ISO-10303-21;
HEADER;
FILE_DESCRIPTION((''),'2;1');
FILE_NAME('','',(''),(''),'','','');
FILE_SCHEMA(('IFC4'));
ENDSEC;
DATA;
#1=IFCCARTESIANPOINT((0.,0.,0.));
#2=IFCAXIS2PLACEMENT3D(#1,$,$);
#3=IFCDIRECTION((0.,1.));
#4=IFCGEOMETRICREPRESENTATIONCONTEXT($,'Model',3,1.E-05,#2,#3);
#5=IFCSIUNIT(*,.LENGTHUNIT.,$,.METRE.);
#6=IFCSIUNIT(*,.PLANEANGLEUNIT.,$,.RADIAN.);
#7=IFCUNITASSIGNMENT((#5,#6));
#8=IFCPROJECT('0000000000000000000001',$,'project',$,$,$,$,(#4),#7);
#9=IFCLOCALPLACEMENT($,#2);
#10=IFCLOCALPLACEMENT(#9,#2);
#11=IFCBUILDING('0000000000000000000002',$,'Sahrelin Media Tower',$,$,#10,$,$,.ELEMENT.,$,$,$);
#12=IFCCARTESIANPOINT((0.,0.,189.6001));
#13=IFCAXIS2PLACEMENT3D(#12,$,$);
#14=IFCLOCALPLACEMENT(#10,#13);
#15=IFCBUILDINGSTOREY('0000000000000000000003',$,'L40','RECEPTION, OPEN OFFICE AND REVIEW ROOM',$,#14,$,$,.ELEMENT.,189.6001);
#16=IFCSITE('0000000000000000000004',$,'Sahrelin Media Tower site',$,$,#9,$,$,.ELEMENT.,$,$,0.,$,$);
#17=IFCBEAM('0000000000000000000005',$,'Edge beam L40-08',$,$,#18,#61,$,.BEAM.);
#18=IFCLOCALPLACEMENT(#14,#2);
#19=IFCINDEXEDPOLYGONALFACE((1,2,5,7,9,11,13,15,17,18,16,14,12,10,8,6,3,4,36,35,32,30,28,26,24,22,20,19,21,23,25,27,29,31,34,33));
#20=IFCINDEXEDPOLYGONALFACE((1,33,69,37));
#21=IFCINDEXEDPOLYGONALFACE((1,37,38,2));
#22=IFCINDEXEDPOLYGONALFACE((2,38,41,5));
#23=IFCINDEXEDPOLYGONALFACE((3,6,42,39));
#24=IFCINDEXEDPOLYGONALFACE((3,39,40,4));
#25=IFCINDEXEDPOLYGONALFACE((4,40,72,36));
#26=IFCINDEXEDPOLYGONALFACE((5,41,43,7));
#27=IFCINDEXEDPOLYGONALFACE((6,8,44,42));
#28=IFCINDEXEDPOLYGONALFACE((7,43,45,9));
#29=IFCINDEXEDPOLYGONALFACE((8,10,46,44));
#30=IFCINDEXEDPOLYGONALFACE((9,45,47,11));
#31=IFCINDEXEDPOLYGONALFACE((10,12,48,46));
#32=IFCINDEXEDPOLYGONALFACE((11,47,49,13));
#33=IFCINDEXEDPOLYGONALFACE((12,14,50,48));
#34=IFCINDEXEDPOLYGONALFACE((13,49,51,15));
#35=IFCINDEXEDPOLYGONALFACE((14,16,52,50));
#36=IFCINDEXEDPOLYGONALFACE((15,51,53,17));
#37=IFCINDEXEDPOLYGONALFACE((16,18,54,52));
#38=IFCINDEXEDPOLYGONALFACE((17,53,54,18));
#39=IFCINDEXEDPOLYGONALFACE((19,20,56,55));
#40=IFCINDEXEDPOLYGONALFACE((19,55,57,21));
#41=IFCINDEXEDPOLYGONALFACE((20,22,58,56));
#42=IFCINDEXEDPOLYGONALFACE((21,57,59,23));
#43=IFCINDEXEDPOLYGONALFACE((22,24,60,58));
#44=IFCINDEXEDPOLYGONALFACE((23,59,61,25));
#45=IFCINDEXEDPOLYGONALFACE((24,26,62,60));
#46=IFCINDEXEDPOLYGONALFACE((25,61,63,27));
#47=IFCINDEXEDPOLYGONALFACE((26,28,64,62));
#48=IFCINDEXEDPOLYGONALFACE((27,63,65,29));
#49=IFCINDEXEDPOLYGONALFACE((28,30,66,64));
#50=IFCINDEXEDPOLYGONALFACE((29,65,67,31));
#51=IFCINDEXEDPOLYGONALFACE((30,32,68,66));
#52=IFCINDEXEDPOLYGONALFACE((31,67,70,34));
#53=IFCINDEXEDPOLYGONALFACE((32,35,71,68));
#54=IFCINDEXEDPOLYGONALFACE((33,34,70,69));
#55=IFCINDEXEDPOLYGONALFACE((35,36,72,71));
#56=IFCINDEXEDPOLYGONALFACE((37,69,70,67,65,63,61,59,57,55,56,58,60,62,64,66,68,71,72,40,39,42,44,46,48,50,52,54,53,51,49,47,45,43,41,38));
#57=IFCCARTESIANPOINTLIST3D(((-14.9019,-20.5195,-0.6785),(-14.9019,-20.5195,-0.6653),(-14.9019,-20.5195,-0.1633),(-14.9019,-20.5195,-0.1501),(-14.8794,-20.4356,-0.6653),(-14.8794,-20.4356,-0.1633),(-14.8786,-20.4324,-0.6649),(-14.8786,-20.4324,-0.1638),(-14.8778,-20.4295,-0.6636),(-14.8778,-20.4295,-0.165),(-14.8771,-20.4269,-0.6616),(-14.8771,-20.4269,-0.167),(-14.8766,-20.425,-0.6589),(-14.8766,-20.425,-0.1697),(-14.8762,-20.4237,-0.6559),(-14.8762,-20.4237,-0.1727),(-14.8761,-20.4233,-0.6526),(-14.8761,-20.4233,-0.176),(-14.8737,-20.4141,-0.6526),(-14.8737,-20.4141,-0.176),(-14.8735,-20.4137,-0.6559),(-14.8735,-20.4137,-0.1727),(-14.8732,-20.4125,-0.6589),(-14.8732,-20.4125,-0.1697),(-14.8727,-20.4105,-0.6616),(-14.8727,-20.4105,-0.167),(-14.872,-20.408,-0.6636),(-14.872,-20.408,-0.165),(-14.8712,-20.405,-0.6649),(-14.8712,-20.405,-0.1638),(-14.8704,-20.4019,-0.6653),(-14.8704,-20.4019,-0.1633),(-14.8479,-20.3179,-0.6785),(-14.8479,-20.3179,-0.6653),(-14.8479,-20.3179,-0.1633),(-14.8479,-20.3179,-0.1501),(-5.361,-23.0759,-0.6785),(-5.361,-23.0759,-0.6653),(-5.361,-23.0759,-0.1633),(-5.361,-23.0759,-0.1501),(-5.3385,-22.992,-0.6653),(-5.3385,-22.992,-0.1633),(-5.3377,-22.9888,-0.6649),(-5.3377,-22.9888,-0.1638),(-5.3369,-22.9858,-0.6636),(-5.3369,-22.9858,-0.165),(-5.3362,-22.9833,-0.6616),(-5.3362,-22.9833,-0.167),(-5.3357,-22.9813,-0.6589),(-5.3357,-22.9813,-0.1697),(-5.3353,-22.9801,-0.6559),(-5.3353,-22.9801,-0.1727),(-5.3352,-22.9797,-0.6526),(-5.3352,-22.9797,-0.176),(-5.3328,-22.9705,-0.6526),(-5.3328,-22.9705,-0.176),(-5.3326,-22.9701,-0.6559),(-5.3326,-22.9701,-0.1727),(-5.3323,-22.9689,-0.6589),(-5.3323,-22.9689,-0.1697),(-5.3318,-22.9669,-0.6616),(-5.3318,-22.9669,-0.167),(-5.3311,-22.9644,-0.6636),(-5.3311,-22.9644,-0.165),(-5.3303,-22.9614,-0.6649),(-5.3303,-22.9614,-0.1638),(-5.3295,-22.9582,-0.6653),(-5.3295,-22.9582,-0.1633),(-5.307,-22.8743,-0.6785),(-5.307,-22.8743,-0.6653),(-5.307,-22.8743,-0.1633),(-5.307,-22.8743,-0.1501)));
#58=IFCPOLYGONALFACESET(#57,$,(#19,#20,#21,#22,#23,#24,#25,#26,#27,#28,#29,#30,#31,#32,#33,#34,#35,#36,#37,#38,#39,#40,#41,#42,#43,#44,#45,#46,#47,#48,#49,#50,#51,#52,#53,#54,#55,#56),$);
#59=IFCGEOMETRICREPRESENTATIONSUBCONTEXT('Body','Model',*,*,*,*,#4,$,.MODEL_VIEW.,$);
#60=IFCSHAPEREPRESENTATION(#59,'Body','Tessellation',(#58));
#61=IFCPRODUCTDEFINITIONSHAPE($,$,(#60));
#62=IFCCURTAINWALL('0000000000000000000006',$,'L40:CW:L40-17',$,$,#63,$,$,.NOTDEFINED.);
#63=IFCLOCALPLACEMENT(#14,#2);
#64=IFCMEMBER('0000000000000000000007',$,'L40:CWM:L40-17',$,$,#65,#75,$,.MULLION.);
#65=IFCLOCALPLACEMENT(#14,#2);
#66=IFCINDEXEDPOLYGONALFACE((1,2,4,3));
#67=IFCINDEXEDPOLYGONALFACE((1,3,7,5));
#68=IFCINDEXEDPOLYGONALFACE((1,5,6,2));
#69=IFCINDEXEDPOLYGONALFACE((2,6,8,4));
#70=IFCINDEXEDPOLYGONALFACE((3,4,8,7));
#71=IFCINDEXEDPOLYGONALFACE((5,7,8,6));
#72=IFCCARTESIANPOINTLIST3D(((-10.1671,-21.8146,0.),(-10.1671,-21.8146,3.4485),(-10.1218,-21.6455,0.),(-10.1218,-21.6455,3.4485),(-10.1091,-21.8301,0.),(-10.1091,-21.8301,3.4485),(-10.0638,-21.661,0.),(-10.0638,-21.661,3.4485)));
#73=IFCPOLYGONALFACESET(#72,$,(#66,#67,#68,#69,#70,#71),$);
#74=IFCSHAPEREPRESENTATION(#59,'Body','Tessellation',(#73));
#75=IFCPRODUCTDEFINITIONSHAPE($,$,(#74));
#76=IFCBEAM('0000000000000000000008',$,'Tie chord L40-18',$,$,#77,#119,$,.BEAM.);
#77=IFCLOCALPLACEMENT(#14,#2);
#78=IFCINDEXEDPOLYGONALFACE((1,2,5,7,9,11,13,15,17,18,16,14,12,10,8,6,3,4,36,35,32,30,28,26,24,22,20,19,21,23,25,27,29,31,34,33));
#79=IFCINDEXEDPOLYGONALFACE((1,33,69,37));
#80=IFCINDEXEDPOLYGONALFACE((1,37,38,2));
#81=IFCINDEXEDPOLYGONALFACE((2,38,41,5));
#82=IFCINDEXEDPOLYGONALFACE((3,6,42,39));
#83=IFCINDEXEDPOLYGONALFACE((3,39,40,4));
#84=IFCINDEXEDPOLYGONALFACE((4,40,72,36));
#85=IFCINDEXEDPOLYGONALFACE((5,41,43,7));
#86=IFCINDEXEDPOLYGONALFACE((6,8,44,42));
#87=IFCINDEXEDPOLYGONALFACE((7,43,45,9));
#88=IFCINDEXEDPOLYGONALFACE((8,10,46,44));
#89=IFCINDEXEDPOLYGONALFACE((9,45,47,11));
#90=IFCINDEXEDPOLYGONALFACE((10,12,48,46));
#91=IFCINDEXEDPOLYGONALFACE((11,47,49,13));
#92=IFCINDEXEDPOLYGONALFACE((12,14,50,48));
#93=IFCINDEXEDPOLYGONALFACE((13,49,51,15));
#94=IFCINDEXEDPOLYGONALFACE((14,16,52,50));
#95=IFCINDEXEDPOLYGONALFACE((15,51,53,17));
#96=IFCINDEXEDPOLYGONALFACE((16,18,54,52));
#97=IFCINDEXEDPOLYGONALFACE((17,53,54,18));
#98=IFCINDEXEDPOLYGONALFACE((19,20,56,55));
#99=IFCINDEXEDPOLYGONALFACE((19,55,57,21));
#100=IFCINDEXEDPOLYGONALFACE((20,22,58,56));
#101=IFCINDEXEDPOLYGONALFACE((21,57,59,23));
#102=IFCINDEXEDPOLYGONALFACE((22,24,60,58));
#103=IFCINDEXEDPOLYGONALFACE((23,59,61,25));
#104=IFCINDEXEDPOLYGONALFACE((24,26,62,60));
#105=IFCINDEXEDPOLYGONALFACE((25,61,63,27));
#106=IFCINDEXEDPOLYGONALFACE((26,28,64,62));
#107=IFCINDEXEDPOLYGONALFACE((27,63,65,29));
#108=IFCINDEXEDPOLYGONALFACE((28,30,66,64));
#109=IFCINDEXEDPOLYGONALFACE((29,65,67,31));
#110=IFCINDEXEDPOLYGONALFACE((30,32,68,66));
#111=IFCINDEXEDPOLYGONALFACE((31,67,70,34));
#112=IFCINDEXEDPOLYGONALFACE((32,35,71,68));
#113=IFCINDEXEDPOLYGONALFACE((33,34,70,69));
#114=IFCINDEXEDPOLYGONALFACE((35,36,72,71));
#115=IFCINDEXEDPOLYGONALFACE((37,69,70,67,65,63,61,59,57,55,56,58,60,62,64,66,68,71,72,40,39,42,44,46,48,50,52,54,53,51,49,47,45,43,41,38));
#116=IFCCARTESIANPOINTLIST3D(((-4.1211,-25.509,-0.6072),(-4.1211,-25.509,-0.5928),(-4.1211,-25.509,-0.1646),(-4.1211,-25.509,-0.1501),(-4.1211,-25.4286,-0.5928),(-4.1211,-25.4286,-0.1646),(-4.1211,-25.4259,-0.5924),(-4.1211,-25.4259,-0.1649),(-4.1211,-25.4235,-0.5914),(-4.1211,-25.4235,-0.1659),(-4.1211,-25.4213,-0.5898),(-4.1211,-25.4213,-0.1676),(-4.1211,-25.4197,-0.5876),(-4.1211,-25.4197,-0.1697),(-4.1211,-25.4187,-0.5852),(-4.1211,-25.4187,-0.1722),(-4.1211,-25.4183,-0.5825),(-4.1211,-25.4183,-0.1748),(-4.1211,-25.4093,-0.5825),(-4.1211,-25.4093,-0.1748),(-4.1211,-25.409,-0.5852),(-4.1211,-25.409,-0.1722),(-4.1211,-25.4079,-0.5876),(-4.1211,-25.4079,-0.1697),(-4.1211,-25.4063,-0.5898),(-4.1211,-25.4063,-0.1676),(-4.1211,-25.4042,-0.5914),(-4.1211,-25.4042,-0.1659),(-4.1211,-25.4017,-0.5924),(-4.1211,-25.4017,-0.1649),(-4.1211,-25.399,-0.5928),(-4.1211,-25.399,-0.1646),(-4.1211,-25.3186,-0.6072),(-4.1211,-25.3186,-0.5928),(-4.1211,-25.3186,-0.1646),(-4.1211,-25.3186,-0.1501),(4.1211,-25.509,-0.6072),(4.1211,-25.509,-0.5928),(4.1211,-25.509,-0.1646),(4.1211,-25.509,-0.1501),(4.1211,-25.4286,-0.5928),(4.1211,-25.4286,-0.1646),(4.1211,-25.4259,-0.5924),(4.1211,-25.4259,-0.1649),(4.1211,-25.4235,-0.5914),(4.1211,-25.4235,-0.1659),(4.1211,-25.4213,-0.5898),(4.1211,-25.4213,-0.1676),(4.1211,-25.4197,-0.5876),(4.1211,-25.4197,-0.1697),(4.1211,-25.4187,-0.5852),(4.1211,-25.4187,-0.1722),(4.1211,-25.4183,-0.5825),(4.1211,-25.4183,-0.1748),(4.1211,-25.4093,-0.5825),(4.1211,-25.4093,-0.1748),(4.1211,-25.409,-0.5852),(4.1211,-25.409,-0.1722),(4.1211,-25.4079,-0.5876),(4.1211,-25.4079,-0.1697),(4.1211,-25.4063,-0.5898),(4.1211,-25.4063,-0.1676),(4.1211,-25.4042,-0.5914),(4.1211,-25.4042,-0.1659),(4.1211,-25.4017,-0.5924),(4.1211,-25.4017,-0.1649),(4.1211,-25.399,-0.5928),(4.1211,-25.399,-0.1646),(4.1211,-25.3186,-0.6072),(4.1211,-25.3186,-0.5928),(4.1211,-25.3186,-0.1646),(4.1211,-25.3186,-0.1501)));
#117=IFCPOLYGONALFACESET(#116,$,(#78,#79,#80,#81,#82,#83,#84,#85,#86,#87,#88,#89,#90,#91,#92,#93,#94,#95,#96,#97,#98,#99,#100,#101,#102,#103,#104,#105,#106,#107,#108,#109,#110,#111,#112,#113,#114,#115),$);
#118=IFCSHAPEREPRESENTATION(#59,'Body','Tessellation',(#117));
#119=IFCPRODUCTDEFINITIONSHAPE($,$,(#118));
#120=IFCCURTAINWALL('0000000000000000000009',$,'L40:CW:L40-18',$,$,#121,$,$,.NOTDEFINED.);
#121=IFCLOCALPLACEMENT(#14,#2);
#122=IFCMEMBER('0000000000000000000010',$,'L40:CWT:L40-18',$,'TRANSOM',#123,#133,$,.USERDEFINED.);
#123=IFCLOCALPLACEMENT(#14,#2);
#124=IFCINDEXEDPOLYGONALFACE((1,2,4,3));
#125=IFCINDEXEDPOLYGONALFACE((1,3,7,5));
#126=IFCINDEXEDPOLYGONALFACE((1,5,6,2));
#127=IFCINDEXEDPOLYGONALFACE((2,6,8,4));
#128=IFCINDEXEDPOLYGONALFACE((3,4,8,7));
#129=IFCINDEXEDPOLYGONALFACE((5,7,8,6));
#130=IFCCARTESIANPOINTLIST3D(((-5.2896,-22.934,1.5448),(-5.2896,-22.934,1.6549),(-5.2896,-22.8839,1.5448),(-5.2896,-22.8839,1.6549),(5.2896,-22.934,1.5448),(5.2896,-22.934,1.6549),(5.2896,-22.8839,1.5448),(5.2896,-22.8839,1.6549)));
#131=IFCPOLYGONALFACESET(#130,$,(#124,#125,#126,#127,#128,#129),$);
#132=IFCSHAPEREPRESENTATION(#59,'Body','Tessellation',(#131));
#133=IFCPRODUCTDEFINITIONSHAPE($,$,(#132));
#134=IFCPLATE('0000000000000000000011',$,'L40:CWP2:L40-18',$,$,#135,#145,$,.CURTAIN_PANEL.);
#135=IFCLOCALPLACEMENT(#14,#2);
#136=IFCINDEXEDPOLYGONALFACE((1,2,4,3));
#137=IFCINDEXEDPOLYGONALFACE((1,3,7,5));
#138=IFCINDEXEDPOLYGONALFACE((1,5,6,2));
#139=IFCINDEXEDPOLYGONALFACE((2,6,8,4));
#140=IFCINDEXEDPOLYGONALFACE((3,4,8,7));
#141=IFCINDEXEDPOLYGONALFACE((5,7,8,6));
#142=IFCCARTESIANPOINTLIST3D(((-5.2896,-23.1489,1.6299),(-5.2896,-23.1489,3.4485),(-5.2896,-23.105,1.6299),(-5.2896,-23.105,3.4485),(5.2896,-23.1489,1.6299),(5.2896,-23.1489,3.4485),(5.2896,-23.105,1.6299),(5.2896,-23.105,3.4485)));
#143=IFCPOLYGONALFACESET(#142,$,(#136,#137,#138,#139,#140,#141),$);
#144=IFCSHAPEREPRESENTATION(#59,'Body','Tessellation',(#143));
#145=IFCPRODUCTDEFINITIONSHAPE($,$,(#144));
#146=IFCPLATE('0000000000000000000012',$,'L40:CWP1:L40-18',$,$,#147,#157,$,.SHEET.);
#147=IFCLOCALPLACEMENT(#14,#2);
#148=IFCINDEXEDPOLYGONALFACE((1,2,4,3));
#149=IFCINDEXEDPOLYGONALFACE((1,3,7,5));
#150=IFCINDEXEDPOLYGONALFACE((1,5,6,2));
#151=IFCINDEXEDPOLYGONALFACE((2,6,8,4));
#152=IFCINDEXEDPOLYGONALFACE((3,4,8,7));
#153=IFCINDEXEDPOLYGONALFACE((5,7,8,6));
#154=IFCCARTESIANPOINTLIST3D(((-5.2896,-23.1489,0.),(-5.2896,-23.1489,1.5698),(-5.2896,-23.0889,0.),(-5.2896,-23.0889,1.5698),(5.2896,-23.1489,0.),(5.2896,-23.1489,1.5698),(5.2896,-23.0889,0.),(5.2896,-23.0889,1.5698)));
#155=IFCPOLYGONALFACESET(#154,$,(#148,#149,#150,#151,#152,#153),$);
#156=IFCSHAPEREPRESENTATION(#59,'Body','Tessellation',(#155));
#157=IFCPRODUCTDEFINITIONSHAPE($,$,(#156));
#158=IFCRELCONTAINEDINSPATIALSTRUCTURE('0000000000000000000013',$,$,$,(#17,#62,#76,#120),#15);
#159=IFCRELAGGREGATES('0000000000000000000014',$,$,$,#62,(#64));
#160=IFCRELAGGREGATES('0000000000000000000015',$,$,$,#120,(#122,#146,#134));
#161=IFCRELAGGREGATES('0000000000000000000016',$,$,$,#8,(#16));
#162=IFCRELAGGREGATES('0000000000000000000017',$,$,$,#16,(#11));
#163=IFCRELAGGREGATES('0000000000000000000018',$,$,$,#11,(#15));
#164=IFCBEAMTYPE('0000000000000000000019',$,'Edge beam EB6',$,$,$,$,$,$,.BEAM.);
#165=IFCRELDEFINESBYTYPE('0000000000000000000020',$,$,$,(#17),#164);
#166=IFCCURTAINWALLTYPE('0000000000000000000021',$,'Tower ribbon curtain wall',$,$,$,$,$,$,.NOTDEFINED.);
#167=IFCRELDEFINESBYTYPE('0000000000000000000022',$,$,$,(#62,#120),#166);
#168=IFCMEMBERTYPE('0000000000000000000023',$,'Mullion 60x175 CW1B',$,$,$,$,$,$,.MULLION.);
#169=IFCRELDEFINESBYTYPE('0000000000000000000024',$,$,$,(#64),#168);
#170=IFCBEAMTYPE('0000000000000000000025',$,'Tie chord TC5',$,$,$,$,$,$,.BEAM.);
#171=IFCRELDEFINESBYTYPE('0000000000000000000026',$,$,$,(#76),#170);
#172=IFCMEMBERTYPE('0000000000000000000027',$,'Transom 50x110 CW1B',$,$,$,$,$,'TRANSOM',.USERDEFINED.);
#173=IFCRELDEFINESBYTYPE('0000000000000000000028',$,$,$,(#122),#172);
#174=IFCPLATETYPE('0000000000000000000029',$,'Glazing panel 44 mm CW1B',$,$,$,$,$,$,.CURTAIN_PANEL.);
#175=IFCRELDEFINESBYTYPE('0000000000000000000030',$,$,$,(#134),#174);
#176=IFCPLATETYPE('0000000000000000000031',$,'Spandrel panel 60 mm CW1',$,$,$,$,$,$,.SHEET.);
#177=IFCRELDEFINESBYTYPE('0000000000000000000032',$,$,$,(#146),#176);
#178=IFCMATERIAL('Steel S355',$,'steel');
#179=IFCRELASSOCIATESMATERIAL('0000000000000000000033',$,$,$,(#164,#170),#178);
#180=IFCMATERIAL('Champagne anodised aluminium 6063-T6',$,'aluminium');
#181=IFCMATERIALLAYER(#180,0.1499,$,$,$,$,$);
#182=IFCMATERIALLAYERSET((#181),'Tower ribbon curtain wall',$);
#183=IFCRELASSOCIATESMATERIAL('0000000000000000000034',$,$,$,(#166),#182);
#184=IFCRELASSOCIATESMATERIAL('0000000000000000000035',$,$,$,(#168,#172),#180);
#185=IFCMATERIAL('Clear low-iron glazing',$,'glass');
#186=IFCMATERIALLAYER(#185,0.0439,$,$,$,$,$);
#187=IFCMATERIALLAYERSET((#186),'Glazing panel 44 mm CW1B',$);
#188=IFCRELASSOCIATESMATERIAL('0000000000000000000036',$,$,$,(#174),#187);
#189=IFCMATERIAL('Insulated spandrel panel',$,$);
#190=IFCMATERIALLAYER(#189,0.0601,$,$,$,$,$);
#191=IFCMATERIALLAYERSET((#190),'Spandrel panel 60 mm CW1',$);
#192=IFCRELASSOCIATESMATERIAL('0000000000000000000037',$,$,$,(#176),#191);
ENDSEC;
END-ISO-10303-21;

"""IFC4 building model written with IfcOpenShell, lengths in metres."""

from ifc_helpers import new_model, si_unit, direction, frame, origin, origin_2d, place, context, subcontext, project, spatial, polyline, rectangle, i_section, outline, extrude, material, layer, layer_set, material_profile, profile_set, type_object, element, aggregate, save


model = new_model("IFC4")

# Units and contexts
model_context = context("Model", 3, precision=1e-05, world=origin(), true_north=direction((0.0, 1.0)))
body_context = subcontext(model_context, "Body", "Model", "MODEL_VIEW")
ifc_project = project(units=[si_unit("LENGTHUNIT", "METRE"), si_unit("PLANEANGLEUNIT", "RADIAN")], contexts=[model_context])

# Site, building, storey
site_placement = place(None, origin())
site = spatial("IfcSite", under=ifc_project, at=site_placement, Name="Sahrelin Media Tower site", CompositionType="ELEMENT", RefElevation=0.0)
building_placement = place(site_placement, origin())
building = spatial("IfcBuilding", under=site, at=building_placement, Name="Sahrelin Media Tower", CompositionType="ELEMENT")
storey_placement = place(building_placement, frame((0.0, 0.0, 189.6001)))
storey = spatial("IfcBuildingStorey", under=building, at=storey_placement, Name="L40", Description="RECEPTION, OPEN OFFICE AND REVIEW ROOM", CompositionType="ELEMENT", Elevation=189.6001)

# Beam
ifc_material_1 = material(Name="Steel S355", Category="steel")
ifc_material_profile_1 = material_profile(ifc_material_1, i_section(OverallWidth=0.2087, OverallDepth=0.5283, WebThickness=0.0095, FlangeThickness=0.0132, FilletRadius=0.0127, at=origin_2d()), Name="UB 533x210x82")
ifc_profile_set_1 = profile_set([ifc_material_profile_1], Name="Steel S355")
beam_type_1 = type_object("IfcBeamType", Name="Edge beam EB6", PredefinedType="BEAM", material=ifc_profile_set_1)
beam_1_placement = place(storey_placement, frame((-5.334, -22.9751, -0.4143), z_axis=(-0.965929, 0.258809, 0.0), x_axis=(-0.258809, -0.965929, 0.0)))
element("IfcBeam", 1, at=beam_1_placement, inside=storey, type_object=beam_type_1, Name="Edge beam L40-08", PredefinedType="BEAM", context=body_context, shape_type="SweptSolid", body=[
    extrude(i_section(OverallWidth=0.2087, OverallDepth=0.5283, WebThickness=0.0095, FlangeThickness=0.0132, FilletRadius=0.0127, at=origin_2d()), origin(), (0.0, 0.0, 1.0), 9.8774),
])

# Curtain wall, member
ifc_material_2 = material(Name="Champagne anodised aluminium 6063-T6", Category="aluminium")
ifc_layer_1 = layer(ifc_material_2, 0.1499)
ifc_layer_set_1 = layer_set([ifc_layer_1], Name="Tower ribbon curtain wall")
curtain_wall_type = type_object("IfcCurtainWallType", Name="Tower ribbon curtain wall", PredefinedType="NOTDEFINED", material=ifc_layer_set_1)
curtain_wall_1_placement = place(storey_placement, frame((-10.1433, -21.8418, 0.0), z_axis=(0.0, 0.0, 1.0), x_axis=(1.0, 0.0, 0.0)))
curtain_wall_1 = element("IfcCurtainWall", 2, at=curtain_wall_1_placement, inside=storey, type_object=curtain_wall_type, Name="L40:CW:L40-17", PredefinedType="NOTDEFINED")
ifc_material_profile_2 = material_profile(ifc_material_2, rectangle(XDim=0.0601, YDim=0.175, at=origin_2d()), Name="Mullion 60x175")
ifc_profile_set_2 = profile_set([ifc_material_profile_2], Name="Champagne anodised aluminium 6063-T6")
member_type_1 = type_object("IfcMemberType", Name="Mullion 60x175 CW1B", PredefinedType="MULLION", material=ifc_profile_set_2)
member_1_placement = place(storey_placement, frame((-10.1155, -21.7378, 0.0), z_axis=(0.0, 0.0, 1.0), x_axis=(0.965925, -0.258822, 0.0)))
member_1 = element("IfcMember", 3, at=member_1_placement, type_object=member_type_1, Name="L40:CWM:L40-17", PredefinedType="MULLION", context=body_context, shape_type="SweptSolid", body=[
    extrude(rectangle(XDim=0.0601, YDim=0.175, at=origin_2d()), origin(), (0.0, 0.0, 1.0), 3.4485),
])
aggregate(curtain_wall_1, [member_1])

# Beam
ifc_material_profile_3 = material_profile(ifc_material_1, i_section(OverallWidth=0.1904, OverallDepth=0.457, WebThickness=0.009, FlangeThickness=0.0144, FilletRadius=0.0103, at=origin_2d()), Name="UB 457x191x74")
ifc_profile_set_3 = profile_set([ifc_material_profile_3], Name="Steel S355")
beam_type_2 = type_object("IfcBeamType", Name="Tie chord TC5", PredefinedType="BEAM", material=ifc_profile_set_3)
beam_2_placement = place(storey_placement, frame((-4.1211, -25.4138, -0.3787), z_axis=(1.0, 0.0, 0.0), x_axis=(0.0, 1.0, 0.0)))
element("IfcBeam", 4, at=beam_2_placement, inside=storey, type_object=beam_type_2, Name="Tie chord L40-18", PredefinedType="BEAM", context=body_context, shape_type="SweptSolid", body=[
    extrude(i_section(OverallWidth=0.1904, OverallDepth=0.457, WebThickness=0.009, FlangeThickness=0.0144, FilletRadius=0.0103, at=origin_2d()), origin(), (0.0, 0.0, 1.0), 8.2422),
])

# Curtain wall, member, plates
curtain_wall_2_placement = place(storey_placement, frame((0.0, -23.1289, 0.0), z_axis=(0.0, 0.0, 1.0), x_axis=(1.0, 0.0, 0.0)))
curtain_wall_2 = element("IfcCurtainWall", 5, at=curtain_wall_2_placement, inside=storey, type_object=curtain_wall_type, Name="L40:CW:L40-18", PredefinedType="NOTDEFINED")
ifc_material_profile_4 = material_profile(ifc_material_2, rectangle(XDim=0.05, YDim=0.1101, at=origin_2d()), Name="Transom 50x110")
ifc_profile_set_4 = profile_set([ifc_material_profile_4], Name="Champagne anodised aluminium 6063-T6")
member_type_2 = type_object("IfcMemberType", Name="Transom 50x110 CW1B", ElementType="TRANSOM", PredefinedType="USERDEFINED", material=ifc_profile_set_4)
member_2_placement = place(storey_placement, frame((-5.2896, -22.9089, 1.5999), z_axis=(1.0, 0.0, 0.0), x_axis=(0.0, 1.0, 0.0)))
member_2 = element("IfcMember", 6, at=member_2_placement, type_object=member_type_2, Name="L40:CWT:L40-18", ObjectType="TRANSOM", PredefinedType="USERDEFINED", context=body_context, shape_type="SweptSolid", body=[
    extrude(rectangle(XDim=0.05, YDim=0.1101, at=origin_2d()), origin(), (0.0, 0.0, 1.0), 10.5791),
])
ifc_material_3 = material(Name="Clear low-iron glazing", Category="glass")
ifc_layer_2 = layer(ifc_material_3, 0.0439)
ifc_layer_set_2 = layer_set([ifc_layer_2], Name="Glazing panel 44 mm CW1B")
plate_type_1 = type_object("IfcPlateType", Name="Glazing panel 44 mm CW1B", PredefinedType="CURTAIN_PANEL", material=ifc_layer_set_2)
plate_1_placement = place(storey_placement, frame((-5.2896, -23.1489, 1.6299), z_axis=(0.0, -1.0, 0.0), x_axis=(1.0, 0.0, 0.0)))
plate_1 = element("IfcPlate", 7, at=plate_1_placement, type_object=plate_type_1, Name="L40:CWP2:L40-18", PredefinedType="CURTAIN_PANEL", context=body_context, shape_type="SweptSolid", body=[
    extrude(outline(polyline([(0.0, 0.0), (10.5791, 0.0), (10.5791, 1.8186), (0.0, 1.8186), (0.0, 0.0)])), origin(), (0.0, 0.0, -1.0), 0.0439),
])
ifc_material_4 = material(Name="Insulated spandrel panel")
ifc_layer_3 = layer(ifc_material_4, 0.0601)
ifc_layer_set_3 = layer_set([ifc_layer_3], Name="Spandrel panel 60 mm CW1")
plate_type_2 = type_object("IfcPlateType", Name="Spandrel panel 60 mm CW1", PredefinedType="SHEET", material=ifc_layer_set_3)
plate_2_placement = place(storey_placement, frame((-5.2896, -23.1489, 0.0), z_axis=(0.0, -1.0, 0.0), x_axis=(1.0, 0.0, 0.0)))
plate_2 = element("IfcPlate", 8, at=plate_2_placement, type_object=plate_type_2, Name="L40:CWP1:L40-18", PredefinedType="SHEET", context=body_context, shape_type="SweptSolid", body=[
    extrude(outline(polyline([(0.0, 0.0), (10.5791, 0.0), (10.5791, 1.5698), (0.0, 1.5698), (0.0, 0.0)])), origin(), (0.0, 0.0, -1.0), 0.0601),
])
aggregate(curtain_wall_2, [member_2, plate_2, plate_1])

save(model, "model.ifc")
